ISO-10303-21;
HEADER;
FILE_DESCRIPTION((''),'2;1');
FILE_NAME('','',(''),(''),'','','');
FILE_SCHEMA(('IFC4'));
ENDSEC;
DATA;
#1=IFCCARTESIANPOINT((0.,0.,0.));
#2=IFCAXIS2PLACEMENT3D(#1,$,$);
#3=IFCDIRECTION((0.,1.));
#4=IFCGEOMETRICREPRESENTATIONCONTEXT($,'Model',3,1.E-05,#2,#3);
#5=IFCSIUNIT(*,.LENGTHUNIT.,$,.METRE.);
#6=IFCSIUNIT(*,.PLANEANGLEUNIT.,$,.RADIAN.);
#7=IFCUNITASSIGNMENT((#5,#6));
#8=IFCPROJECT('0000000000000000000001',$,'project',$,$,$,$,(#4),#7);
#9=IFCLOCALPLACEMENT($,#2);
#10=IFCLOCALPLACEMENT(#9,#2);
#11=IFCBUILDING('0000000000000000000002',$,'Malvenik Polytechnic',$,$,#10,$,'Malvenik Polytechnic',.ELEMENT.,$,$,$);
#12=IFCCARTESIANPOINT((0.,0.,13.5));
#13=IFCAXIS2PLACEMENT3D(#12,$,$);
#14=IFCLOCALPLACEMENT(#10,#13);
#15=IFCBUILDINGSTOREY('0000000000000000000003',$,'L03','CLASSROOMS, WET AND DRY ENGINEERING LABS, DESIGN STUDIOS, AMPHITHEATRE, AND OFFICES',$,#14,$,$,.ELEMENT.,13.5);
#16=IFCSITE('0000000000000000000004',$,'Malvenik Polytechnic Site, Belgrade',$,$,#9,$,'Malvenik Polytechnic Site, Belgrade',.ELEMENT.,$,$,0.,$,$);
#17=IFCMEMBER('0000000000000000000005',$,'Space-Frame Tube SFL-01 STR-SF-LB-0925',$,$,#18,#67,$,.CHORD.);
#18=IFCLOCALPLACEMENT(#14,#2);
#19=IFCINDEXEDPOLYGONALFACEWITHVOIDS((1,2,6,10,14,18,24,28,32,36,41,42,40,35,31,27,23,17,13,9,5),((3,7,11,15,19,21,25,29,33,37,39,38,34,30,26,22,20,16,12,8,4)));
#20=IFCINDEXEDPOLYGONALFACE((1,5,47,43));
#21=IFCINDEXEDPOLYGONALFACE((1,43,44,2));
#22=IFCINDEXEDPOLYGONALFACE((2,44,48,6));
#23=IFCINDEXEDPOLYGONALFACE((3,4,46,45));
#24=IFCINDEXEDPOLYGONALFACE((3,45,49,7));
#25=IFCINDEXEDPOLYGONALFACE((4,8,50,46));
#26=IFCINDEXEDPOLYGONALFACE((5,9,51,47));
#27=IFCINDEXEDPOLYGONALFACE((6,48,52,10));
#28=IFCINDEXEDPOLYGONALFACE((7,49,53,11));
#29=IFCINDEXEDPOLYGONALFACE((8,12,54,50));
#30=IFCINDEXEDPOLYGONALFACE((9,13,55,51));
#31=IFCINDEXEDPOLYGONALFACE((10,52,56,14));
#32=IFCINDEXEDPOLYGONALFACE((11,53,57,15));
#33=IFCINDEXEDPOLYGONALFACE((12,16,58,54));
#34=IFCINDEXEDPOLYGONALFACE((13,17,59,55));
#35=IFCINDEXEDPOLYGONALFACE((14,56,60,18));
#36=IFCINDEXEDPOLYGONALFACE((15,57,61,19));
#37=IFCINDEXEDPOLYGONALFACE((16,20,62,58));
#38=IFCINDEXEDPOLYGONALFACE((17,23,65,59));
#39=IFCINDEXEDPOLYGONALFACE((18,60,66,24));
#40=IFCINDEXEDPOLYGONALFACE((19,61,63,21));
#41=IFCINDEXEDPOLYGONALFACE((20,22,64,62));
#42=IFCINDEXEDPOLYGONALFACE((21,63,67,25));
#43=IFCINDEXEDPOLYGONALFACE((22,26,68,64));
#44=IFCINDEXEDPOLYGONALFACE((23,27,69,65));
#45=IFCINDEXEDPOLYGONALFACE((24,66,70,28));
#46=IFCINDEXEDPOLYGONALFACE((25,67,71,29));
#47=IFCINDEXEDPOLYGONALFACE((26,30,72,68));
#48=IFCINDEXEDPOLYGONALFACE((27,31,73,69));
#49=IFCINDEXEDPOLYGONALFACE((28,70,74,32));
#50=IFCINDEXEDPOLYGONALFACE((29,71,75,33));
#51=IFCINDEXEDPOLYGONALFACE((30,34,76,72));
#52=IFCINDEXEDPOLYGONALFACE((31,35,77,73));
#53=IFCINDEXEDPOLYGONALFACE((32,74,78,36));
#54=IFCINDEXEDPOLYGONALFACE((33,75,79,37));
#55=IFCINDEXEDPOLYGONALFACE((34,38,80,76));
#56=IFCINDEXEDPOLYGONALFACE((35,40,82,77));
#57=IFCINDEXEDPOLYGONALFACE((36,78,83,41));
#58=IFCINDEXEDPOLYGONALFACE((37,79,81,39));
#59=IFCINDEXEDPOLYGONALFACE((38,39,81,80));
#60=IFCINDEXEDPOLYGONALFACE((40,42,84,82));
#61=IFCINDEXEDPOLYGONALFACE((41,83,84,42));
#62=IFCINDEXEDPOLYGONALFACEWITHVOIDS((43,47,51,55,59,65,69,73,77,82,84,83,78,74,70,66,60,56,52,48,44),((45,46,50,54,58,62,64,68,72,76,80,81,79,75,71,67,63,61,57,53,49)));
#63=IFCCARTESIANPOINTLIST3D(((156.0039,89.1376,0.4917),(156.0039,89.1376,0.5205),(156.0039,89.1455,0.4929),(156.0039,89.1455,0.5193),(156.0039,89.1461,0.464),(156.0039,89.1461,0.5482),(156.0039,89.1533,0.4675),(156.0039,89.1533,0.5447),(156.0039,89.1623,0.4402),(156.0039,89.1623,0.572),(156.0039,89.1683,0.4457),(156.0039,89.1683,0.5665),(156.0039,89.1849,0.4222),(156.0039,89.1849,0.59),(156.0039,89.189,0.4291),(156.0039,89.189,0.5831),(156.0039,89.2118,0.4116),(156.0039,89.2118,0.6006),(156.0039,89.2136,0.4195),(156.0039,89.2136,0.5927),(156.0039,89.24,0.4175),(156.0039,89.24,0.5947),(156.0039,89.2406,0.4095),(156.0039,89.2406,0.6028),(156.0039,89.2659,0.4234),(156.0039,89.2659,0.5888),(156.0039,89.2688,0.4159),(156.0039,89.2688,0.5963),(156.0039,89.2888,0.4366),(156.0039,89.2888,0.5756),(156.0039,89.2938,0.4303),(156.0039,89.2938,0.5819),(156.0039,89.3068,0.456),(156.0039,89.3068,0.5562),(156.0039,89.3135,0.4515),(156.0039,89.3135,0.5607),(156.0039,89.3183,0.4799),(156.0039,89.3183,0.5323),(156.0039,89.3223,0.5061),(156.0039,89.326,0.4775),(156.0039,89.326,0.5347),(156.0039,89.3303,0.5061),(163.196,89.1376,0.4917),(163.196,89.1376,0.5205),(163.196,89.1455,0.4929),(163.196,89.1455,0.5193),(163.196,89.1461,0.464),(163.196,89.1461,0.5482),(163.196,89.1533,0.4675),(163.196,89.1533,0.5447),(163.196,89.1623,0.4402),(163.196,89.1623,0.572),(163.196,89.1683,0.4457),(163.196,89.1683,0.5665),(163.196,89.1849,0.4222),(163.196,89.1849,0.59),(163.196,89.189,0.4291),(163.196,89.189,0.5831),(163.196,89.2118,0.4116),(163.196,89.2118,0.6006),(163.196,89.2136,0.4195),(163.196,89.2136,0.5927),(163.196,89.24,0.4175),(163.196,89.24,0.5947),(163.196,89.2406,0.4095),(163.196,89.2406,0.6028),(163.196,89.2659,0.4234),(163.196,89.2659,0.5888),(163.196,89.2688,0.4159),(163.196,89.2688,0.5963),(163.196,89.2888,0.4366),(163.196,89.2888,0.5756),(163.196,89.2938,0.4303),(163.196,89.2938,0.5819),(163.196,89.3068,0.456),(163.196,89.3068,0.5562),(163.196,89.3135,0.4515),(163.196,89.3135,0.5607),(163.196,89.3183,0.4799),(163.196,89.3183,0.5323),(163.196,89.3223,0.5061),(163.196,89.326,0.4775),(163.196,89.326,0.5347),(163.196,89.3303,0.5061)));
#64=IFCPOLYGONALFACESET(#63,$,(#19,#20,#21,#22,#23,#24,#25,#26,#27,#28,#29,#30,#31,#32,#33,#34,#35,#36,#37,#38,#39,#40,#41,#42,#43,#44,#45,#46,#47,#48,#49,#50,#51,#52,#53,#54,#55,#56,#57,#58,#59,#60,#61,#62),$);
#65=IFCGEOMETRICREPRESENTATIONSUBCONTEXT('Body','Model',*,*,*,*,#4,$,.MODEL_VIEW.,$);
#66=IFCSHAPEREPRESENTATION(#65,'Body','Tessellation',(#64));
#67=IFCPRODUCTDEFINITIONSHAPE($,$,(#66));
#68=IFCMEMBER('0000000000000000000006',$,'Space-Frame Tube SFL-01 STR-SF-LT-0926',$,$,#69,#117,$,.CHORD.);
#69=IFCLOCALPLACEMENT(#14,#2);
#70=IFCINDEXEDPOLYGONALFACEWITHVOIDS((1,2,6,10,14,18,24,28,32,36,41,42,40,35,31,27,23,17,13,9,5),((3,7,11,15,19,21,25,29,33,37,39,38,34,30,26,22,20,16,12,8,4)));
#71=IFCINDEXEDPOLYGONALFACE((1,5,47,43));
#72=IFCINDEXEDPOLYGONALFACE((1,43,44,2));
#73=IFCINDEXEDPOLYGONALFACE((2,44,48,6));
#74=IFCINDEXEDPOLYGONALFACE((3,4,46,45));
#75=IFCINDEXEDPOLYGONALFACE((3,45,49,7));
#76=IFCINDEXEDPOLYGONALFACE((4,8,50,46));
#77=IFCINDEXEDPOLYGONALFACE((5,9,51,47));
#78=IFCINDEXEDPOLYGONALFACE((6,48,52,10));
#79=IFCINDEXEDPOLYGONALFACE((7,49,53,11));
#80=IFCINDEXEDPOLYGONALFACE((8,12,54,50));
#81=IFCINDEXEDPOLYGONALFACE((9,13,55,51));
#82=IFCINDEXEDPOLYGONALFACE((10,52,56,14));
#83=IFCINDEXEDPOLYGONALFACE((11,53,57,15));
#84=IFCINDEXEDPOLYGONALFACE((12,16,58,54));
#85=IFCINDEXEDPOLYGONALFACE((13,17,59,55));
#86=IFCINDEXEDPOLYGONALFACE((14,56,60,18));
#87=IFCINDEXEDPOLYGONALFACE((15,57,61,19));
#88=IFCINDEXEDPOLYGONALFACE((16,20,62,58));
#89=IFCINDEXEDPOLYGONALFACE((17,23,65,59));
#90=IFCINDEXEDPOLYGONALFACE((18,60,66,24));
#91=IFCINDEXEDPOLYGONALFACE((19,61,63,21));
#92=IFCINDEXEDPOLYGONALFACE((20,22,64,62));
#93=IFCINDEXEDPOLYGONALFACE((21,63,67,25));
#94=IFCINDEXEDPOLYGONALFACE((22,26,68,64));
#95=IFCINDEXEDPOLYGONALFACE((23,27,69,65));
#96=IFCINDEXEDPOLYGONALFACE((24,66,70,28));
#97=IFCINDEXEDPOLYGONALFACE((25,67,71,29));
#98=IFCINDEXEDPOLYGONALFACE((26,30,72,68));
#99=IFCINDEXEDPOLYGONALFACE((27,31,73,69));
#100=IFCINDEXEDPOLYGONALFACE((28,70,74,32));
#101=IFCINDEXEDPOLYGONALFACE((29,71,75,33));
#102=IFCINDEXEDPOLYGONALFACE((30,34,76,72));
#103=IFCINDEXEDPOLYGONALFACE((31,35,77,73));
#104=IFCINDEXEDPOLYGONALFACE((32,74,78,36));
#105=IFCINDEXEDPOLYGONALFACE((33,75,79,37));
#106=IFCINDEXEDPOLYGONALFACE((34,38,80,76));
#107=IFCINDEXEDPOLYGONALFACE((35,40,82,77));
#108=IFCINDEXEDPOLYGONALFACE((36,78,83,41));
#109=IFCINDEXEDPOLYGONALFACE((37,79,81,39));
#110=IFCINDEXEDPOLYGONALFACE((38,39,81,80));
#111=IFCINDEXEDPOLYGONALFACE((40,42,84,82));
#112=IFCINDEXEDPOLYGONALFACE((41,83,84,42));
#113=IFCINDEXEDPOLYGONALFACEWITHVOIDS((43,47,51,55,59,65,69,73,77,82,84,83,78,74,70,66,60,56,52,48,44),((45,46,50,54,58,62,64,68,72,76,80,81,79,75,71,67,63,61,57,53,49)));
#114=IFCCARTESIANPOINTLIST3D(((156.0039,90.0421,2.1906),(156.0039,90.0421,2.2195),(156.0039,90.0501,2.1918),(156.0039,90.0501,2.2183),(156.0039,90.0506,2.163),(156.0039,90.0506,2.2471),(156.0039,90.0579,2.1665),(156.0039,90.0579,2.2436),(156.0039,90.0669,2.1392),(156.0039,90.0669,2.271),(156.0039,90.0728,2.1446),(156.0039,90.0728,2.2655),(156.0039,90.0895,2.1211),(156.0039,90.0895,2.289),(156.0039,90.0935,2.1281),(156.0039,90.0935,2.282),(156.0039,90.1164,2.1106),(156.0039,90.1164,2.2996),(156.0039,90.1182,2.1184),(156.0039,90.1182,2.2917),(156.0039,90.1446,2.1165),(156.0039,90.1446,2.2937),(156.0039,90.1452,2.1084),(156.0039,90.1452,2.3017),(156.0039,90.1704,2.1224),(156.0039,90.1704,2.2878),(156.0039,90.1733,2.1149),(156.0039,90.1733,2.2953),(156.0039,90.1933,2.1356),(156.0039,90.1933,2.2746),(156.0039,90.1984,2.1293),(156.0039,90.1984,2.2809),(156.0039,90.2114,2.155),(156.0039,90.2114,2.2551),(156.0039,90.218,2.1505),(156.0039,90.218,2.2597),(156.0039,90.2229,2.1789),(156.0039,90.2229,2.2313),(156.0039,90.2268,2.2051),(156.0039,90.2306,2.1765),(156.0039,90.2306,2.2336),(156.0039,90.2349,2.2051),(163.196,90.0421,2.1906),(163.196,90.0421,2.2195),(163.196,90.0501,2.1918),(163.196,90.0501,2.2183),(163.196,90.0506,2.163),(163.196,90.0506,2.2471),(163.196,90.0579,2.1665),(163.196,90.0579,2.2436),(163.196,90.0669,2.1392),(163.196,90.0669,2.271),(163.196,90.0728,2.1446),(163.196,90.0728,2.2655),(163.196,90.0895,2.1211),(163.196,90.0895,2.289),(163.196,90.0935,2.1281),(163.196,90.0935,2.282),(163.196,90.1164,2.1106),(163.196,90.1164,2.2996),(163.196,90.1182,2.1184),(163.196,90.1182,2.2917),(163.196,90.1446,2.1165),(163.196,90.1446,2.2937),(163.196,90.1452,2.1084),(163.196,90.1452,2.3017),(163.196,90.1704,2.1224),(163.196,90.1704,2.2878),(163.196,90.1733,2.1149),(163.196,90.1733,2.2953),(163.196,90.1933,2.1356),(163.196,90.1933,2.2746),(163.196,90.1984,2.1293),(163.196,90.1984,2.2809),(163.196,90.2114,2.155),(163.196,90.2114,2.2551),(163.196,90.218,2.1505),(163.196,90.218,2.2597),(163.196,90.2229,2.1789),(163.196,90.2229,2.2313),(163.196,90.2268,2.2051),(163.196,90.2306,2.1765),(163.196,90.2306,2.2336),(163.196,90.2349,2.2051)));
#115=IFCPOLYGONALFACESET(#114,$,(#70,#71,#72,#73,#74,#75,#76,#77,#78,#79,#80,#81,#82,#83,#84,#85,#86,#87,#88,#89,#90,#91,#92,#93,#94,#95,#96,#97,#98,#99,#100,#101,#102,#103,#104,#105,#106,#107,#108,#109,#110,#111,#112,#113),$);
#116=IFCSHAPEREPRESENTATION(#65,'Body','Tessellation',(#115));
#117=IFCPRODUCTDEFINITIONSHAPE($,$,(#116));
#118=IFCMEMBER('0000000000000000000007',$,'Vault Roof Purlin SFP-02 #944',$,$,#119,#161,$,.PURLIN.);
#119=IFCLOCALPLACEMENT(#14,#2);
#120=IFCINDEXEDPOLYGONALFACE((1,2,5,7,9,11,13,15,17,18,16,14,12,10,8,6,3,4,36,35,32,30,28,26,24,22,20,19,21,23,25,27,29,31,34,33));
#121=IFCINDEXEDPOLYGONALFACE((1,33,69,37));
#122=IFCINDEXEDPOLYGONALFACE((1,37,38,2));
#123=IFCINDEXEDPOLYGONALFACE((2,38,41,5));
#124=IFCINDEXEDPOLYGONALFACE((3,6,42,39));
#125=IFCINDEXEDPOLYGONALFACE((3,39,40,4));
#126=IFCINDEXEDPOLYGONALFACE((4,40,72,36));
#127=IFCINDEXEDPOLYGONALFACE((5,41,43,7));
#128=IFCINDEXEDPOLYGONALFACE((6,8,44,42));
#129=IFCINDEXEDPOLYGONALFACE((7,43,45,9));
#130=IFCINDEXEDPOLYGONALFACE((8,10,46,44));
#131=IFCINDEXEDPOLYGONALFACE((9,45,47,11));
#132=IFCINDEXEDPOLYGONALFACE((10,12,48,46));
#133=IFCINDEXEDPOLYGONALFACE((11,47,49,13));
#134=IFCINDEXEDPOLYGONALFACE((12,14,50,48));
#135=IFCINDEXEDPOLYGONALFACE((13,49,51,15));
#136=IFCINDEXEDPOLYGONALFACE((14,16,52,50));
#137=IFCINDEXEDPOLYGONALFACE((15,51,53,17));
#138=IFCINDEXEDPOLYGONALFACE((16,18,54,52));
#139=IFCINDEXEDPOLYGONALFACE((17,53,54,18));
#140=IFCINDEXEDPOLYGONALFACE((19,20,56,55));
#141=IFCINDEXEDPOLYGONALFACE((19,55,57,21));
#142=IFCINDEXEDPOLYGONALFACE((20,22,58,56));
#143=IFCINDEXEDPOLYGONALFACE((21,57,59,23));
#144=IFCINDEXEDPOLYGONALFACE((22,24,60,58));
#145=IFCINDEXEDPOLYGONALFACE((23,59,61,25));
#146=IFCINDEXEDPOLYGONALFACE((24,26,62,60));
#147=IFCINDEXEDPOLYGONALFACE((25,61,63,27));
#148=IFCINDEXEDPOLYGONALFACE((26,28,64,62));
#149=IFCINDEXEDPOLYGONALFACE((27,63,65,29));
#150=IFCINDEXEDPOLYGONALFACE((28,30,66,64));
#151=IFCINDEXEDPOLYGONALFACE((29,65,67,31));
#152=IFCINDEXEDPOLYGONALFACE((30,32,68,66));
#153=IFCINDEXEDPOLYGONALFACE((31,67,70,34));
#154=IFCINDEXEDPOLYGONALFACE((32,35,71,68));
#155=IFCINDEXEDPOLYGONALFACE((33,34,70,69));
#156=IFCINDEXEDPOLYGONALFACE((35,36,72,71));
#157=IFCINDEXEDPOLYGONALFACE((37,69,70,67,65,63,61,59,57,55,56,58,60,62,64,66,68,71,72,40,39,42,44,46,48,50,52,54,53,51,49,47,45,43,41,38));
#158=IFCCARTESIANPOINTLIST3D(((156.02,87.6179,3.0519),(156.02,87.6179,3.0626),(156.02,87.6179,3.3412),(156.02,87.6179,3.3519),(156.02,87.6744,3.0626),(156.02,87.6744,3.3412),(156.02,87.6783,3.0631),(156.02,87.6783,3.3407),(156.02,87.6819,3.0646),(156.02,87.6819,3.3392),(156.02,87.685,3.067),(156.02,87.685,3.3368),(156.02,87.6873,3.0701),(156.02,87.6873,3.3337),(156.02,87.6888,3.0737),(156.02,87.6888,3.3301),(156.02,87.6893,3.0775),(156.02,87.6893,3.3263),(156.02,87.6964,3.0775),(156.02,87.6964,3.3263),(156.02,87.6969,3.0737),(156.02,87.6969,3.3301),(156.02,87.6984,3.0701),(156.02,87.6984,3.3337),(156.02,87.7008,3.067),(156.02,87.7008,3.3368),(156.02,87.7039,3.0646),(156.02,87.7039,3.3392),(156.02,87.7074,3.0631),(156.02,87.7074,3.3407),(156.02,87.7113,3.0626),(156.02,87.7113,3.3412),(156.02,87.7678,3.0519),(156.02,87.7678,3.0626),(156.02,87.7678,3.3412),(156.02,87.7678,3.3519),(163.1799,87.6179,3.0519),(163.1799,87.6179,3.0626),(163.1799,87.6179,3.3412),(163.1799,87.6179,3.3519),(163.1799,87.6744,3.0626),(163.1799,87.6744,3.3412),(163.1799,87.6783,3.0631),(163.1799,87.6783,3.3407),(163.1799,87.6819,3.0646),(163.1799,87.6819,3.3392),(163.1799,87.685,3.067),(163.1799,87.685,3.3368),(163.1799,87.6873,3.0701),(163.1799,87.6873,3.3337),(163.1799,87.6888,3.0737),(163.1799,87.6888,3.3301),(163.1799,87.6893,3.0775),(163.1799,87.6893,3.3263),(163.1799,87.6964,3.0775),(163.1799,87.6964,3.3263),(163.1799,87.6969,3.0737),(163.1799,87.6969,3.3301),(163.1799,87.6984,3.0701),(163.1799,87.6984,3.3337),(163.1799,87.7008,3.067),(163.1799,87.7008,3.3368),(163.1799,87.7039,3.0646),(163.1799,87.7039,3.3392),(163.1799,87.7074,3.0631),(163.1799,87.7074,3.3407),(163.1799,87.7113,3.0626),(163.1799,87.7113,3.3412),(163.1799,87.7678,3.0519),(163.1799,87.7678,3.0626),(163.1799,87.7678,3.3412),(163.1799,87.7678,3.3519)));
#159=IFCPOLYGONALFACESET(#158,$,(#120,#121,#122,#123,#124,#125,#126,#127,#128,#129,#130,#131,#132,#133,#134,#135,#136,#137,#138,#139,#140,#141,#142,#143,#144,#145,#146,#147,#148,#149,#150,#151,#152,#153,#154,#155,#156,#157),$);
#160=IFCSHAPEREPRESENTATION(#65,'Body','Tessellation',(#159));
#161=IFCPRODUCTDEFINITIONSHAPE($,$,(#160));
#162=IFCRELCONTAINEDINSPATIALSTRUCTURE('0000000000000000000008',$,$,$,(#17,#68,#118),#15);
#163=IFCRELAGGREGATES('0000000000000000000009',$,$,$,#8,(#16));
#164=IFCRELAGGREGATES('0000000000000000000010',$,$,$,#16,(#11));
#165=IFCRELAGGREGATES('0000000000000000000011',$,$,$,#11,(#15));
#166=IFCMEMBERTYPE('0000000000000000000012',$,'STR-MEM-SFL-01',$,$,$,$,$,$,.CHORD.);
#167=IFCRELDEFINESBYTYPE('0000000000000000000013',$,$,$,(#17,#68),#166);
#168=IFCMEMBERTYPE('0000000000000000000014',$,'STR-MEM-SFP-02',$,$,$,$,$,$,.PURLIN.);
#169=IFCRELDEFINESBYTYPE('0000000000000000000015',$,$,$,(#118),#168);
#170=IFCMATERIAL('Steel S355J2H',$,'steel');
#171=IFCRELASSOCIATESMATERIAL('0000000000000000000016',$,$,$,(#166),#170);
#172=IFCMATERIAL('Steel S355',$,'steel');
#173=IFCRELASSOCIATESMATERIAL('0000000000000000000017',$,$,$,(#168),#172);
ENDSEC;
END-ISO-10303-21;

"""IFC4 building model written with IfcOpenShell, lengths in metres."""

from ifc_helpers import new_model, si_unit, direction, frame, origin, origin_2d, place, context, subcontext, project, spatial, hollow_circle, i_section, extrude, material, material_profile, profile_set, type_object, element, save


model = new_model("IFC4")

# Units and contexts
model_context = context("Model", 3, precision=1e-05, world=origin(), true_north=direction((0.0, 1.0)))
body_context = subcontext(model_context, "Body", "Model", "MODEL_VIEW")
ifc_project = project(units=[si_unit("LENGTHUNIT", "METRE"), si_unit("PLANEANGLEUNIT", "RADIAN")], contexts=[model_context])

# Site, building, storey
site_placement = place(None, origin())
site = spatial("IfcSite", under=ifc_project, at=site_placement, Name="Malvenik Polytechnic Site, Belgrade", LongName="Malvenik Polytechnic Site, Belgrade", CompositionType="ELEMENT", RefElevation=0.0)
building_placement = place(site_placement, origin())
building = spatial("IfcBuilding", under=site, at=building_placement, Name="Malvenik Polytechnic", LongName="Malvenik Polytechnic", CompositionType="ELEMENT")
storey_placement = place(building_placement, frame((0.0, 0.0, 13.5)))
storey = spatial("IfcBuildingStorey", under=building, at=storey_placement, Name="L03", Description="CLASSROOMS, WET AND DRY ENGINEERING LABS, DESIGN STUDIOS, AMPHITHEATRE, AND OFFICES", CompositionType="ELEMENT", Elevation=13.5)

# Members
ifc_material_1 = material(Name="Steel S355J2H", Category="steel")
ifc_material_profile_1 = material_profile(ifc_material_1, hollow_circle(Radius=0.0969, WallThickness=0.0081, at=origin_2d()), Name="CHS 193.7x8.0")
ifc_profile_set_1 = profile_set([ifc_material_profile_1], Name="Steel S355J2H")
member_type_1 = type_object("IfcMemberType", Name="STR-MEM-SFL-01", PredefinedType="CHORD", material=ifc_profile_set_1)
for number, where, z_axis, x_axis, name in (
    (1, (156.0039, 89.2334, 0.5061), (1.0, 0.0, 0.0), (0.0, 1.0, 0.0), "Space-Frame Tube SFL-01 STR-SF-LB-0925"),
    (2, (156.0039, 90.1379, 2.2051), (1.0, 0.0, 0.0), (0.0, 1.0, 0.0), "Space-Frame Tube SFL-01 STR-SF-LT-0926"),
):
    element("IfcMember", number, at=place(storey_placement, frame(where, z_axis=z_axis, x_axis=x_axis)), inside=storey, type_object=member_type_1, Name=name, PredefinedType="CHORD", context=body_context, shape_type="SweptSolid", body=[
        extrude(hollow_circle(Radius=0.0969, WallThickness=0.0081, at=origin_2d()), origin(), (0.0, 0.0, 1.0), 7.1921),
    ])
ifc_material_2 = material(Name="Steel S355", Category="steel")
ifc_material_profile_2 = material_profile(ifc_material_2, i_section(OverallWidth=0.1499, OverallDepth=0.3, WebThickness=0.0071, FlangeThickness=0.0107, FilletRadius=0.0149, at=origin_2d()), Name="IPE 300")
ifc_profile_set_2 = profile_set([ifc_material_profile_2], Name="Steel S355")
member_type_2 = type_object("IfcMemberType", Name="STR-MEM-SFP-02", PredefinedType="PURLIN", material=ifc_profile_set_2)
member_1_placement = place(storey_placement, frame((156.02, 87.6929, 3.2019), z_axis=(1.0, 0.0, 0.0), x_axis=(0.0, 1.0, 0.0)))
element("IfcMember", 3, at=member_1_placement, inside=storey, type_object=member_type_2, Name="Vault Roof Purlin SFP-02 #944", PredefinedType="PURLIN", context=body_context, shape_type="SweptSolid", body=[
    extrude(i_section(OverallWidth=0.1499, OverallDepth=0.3, WebThickness=0.0071, FlangeThickness=0.0107, FilletRadius=0.0149, at=origin_2d()), origin(), (0.0, 0.0, 1.0), 7.1599),
])

save(model, "model.ifc")
